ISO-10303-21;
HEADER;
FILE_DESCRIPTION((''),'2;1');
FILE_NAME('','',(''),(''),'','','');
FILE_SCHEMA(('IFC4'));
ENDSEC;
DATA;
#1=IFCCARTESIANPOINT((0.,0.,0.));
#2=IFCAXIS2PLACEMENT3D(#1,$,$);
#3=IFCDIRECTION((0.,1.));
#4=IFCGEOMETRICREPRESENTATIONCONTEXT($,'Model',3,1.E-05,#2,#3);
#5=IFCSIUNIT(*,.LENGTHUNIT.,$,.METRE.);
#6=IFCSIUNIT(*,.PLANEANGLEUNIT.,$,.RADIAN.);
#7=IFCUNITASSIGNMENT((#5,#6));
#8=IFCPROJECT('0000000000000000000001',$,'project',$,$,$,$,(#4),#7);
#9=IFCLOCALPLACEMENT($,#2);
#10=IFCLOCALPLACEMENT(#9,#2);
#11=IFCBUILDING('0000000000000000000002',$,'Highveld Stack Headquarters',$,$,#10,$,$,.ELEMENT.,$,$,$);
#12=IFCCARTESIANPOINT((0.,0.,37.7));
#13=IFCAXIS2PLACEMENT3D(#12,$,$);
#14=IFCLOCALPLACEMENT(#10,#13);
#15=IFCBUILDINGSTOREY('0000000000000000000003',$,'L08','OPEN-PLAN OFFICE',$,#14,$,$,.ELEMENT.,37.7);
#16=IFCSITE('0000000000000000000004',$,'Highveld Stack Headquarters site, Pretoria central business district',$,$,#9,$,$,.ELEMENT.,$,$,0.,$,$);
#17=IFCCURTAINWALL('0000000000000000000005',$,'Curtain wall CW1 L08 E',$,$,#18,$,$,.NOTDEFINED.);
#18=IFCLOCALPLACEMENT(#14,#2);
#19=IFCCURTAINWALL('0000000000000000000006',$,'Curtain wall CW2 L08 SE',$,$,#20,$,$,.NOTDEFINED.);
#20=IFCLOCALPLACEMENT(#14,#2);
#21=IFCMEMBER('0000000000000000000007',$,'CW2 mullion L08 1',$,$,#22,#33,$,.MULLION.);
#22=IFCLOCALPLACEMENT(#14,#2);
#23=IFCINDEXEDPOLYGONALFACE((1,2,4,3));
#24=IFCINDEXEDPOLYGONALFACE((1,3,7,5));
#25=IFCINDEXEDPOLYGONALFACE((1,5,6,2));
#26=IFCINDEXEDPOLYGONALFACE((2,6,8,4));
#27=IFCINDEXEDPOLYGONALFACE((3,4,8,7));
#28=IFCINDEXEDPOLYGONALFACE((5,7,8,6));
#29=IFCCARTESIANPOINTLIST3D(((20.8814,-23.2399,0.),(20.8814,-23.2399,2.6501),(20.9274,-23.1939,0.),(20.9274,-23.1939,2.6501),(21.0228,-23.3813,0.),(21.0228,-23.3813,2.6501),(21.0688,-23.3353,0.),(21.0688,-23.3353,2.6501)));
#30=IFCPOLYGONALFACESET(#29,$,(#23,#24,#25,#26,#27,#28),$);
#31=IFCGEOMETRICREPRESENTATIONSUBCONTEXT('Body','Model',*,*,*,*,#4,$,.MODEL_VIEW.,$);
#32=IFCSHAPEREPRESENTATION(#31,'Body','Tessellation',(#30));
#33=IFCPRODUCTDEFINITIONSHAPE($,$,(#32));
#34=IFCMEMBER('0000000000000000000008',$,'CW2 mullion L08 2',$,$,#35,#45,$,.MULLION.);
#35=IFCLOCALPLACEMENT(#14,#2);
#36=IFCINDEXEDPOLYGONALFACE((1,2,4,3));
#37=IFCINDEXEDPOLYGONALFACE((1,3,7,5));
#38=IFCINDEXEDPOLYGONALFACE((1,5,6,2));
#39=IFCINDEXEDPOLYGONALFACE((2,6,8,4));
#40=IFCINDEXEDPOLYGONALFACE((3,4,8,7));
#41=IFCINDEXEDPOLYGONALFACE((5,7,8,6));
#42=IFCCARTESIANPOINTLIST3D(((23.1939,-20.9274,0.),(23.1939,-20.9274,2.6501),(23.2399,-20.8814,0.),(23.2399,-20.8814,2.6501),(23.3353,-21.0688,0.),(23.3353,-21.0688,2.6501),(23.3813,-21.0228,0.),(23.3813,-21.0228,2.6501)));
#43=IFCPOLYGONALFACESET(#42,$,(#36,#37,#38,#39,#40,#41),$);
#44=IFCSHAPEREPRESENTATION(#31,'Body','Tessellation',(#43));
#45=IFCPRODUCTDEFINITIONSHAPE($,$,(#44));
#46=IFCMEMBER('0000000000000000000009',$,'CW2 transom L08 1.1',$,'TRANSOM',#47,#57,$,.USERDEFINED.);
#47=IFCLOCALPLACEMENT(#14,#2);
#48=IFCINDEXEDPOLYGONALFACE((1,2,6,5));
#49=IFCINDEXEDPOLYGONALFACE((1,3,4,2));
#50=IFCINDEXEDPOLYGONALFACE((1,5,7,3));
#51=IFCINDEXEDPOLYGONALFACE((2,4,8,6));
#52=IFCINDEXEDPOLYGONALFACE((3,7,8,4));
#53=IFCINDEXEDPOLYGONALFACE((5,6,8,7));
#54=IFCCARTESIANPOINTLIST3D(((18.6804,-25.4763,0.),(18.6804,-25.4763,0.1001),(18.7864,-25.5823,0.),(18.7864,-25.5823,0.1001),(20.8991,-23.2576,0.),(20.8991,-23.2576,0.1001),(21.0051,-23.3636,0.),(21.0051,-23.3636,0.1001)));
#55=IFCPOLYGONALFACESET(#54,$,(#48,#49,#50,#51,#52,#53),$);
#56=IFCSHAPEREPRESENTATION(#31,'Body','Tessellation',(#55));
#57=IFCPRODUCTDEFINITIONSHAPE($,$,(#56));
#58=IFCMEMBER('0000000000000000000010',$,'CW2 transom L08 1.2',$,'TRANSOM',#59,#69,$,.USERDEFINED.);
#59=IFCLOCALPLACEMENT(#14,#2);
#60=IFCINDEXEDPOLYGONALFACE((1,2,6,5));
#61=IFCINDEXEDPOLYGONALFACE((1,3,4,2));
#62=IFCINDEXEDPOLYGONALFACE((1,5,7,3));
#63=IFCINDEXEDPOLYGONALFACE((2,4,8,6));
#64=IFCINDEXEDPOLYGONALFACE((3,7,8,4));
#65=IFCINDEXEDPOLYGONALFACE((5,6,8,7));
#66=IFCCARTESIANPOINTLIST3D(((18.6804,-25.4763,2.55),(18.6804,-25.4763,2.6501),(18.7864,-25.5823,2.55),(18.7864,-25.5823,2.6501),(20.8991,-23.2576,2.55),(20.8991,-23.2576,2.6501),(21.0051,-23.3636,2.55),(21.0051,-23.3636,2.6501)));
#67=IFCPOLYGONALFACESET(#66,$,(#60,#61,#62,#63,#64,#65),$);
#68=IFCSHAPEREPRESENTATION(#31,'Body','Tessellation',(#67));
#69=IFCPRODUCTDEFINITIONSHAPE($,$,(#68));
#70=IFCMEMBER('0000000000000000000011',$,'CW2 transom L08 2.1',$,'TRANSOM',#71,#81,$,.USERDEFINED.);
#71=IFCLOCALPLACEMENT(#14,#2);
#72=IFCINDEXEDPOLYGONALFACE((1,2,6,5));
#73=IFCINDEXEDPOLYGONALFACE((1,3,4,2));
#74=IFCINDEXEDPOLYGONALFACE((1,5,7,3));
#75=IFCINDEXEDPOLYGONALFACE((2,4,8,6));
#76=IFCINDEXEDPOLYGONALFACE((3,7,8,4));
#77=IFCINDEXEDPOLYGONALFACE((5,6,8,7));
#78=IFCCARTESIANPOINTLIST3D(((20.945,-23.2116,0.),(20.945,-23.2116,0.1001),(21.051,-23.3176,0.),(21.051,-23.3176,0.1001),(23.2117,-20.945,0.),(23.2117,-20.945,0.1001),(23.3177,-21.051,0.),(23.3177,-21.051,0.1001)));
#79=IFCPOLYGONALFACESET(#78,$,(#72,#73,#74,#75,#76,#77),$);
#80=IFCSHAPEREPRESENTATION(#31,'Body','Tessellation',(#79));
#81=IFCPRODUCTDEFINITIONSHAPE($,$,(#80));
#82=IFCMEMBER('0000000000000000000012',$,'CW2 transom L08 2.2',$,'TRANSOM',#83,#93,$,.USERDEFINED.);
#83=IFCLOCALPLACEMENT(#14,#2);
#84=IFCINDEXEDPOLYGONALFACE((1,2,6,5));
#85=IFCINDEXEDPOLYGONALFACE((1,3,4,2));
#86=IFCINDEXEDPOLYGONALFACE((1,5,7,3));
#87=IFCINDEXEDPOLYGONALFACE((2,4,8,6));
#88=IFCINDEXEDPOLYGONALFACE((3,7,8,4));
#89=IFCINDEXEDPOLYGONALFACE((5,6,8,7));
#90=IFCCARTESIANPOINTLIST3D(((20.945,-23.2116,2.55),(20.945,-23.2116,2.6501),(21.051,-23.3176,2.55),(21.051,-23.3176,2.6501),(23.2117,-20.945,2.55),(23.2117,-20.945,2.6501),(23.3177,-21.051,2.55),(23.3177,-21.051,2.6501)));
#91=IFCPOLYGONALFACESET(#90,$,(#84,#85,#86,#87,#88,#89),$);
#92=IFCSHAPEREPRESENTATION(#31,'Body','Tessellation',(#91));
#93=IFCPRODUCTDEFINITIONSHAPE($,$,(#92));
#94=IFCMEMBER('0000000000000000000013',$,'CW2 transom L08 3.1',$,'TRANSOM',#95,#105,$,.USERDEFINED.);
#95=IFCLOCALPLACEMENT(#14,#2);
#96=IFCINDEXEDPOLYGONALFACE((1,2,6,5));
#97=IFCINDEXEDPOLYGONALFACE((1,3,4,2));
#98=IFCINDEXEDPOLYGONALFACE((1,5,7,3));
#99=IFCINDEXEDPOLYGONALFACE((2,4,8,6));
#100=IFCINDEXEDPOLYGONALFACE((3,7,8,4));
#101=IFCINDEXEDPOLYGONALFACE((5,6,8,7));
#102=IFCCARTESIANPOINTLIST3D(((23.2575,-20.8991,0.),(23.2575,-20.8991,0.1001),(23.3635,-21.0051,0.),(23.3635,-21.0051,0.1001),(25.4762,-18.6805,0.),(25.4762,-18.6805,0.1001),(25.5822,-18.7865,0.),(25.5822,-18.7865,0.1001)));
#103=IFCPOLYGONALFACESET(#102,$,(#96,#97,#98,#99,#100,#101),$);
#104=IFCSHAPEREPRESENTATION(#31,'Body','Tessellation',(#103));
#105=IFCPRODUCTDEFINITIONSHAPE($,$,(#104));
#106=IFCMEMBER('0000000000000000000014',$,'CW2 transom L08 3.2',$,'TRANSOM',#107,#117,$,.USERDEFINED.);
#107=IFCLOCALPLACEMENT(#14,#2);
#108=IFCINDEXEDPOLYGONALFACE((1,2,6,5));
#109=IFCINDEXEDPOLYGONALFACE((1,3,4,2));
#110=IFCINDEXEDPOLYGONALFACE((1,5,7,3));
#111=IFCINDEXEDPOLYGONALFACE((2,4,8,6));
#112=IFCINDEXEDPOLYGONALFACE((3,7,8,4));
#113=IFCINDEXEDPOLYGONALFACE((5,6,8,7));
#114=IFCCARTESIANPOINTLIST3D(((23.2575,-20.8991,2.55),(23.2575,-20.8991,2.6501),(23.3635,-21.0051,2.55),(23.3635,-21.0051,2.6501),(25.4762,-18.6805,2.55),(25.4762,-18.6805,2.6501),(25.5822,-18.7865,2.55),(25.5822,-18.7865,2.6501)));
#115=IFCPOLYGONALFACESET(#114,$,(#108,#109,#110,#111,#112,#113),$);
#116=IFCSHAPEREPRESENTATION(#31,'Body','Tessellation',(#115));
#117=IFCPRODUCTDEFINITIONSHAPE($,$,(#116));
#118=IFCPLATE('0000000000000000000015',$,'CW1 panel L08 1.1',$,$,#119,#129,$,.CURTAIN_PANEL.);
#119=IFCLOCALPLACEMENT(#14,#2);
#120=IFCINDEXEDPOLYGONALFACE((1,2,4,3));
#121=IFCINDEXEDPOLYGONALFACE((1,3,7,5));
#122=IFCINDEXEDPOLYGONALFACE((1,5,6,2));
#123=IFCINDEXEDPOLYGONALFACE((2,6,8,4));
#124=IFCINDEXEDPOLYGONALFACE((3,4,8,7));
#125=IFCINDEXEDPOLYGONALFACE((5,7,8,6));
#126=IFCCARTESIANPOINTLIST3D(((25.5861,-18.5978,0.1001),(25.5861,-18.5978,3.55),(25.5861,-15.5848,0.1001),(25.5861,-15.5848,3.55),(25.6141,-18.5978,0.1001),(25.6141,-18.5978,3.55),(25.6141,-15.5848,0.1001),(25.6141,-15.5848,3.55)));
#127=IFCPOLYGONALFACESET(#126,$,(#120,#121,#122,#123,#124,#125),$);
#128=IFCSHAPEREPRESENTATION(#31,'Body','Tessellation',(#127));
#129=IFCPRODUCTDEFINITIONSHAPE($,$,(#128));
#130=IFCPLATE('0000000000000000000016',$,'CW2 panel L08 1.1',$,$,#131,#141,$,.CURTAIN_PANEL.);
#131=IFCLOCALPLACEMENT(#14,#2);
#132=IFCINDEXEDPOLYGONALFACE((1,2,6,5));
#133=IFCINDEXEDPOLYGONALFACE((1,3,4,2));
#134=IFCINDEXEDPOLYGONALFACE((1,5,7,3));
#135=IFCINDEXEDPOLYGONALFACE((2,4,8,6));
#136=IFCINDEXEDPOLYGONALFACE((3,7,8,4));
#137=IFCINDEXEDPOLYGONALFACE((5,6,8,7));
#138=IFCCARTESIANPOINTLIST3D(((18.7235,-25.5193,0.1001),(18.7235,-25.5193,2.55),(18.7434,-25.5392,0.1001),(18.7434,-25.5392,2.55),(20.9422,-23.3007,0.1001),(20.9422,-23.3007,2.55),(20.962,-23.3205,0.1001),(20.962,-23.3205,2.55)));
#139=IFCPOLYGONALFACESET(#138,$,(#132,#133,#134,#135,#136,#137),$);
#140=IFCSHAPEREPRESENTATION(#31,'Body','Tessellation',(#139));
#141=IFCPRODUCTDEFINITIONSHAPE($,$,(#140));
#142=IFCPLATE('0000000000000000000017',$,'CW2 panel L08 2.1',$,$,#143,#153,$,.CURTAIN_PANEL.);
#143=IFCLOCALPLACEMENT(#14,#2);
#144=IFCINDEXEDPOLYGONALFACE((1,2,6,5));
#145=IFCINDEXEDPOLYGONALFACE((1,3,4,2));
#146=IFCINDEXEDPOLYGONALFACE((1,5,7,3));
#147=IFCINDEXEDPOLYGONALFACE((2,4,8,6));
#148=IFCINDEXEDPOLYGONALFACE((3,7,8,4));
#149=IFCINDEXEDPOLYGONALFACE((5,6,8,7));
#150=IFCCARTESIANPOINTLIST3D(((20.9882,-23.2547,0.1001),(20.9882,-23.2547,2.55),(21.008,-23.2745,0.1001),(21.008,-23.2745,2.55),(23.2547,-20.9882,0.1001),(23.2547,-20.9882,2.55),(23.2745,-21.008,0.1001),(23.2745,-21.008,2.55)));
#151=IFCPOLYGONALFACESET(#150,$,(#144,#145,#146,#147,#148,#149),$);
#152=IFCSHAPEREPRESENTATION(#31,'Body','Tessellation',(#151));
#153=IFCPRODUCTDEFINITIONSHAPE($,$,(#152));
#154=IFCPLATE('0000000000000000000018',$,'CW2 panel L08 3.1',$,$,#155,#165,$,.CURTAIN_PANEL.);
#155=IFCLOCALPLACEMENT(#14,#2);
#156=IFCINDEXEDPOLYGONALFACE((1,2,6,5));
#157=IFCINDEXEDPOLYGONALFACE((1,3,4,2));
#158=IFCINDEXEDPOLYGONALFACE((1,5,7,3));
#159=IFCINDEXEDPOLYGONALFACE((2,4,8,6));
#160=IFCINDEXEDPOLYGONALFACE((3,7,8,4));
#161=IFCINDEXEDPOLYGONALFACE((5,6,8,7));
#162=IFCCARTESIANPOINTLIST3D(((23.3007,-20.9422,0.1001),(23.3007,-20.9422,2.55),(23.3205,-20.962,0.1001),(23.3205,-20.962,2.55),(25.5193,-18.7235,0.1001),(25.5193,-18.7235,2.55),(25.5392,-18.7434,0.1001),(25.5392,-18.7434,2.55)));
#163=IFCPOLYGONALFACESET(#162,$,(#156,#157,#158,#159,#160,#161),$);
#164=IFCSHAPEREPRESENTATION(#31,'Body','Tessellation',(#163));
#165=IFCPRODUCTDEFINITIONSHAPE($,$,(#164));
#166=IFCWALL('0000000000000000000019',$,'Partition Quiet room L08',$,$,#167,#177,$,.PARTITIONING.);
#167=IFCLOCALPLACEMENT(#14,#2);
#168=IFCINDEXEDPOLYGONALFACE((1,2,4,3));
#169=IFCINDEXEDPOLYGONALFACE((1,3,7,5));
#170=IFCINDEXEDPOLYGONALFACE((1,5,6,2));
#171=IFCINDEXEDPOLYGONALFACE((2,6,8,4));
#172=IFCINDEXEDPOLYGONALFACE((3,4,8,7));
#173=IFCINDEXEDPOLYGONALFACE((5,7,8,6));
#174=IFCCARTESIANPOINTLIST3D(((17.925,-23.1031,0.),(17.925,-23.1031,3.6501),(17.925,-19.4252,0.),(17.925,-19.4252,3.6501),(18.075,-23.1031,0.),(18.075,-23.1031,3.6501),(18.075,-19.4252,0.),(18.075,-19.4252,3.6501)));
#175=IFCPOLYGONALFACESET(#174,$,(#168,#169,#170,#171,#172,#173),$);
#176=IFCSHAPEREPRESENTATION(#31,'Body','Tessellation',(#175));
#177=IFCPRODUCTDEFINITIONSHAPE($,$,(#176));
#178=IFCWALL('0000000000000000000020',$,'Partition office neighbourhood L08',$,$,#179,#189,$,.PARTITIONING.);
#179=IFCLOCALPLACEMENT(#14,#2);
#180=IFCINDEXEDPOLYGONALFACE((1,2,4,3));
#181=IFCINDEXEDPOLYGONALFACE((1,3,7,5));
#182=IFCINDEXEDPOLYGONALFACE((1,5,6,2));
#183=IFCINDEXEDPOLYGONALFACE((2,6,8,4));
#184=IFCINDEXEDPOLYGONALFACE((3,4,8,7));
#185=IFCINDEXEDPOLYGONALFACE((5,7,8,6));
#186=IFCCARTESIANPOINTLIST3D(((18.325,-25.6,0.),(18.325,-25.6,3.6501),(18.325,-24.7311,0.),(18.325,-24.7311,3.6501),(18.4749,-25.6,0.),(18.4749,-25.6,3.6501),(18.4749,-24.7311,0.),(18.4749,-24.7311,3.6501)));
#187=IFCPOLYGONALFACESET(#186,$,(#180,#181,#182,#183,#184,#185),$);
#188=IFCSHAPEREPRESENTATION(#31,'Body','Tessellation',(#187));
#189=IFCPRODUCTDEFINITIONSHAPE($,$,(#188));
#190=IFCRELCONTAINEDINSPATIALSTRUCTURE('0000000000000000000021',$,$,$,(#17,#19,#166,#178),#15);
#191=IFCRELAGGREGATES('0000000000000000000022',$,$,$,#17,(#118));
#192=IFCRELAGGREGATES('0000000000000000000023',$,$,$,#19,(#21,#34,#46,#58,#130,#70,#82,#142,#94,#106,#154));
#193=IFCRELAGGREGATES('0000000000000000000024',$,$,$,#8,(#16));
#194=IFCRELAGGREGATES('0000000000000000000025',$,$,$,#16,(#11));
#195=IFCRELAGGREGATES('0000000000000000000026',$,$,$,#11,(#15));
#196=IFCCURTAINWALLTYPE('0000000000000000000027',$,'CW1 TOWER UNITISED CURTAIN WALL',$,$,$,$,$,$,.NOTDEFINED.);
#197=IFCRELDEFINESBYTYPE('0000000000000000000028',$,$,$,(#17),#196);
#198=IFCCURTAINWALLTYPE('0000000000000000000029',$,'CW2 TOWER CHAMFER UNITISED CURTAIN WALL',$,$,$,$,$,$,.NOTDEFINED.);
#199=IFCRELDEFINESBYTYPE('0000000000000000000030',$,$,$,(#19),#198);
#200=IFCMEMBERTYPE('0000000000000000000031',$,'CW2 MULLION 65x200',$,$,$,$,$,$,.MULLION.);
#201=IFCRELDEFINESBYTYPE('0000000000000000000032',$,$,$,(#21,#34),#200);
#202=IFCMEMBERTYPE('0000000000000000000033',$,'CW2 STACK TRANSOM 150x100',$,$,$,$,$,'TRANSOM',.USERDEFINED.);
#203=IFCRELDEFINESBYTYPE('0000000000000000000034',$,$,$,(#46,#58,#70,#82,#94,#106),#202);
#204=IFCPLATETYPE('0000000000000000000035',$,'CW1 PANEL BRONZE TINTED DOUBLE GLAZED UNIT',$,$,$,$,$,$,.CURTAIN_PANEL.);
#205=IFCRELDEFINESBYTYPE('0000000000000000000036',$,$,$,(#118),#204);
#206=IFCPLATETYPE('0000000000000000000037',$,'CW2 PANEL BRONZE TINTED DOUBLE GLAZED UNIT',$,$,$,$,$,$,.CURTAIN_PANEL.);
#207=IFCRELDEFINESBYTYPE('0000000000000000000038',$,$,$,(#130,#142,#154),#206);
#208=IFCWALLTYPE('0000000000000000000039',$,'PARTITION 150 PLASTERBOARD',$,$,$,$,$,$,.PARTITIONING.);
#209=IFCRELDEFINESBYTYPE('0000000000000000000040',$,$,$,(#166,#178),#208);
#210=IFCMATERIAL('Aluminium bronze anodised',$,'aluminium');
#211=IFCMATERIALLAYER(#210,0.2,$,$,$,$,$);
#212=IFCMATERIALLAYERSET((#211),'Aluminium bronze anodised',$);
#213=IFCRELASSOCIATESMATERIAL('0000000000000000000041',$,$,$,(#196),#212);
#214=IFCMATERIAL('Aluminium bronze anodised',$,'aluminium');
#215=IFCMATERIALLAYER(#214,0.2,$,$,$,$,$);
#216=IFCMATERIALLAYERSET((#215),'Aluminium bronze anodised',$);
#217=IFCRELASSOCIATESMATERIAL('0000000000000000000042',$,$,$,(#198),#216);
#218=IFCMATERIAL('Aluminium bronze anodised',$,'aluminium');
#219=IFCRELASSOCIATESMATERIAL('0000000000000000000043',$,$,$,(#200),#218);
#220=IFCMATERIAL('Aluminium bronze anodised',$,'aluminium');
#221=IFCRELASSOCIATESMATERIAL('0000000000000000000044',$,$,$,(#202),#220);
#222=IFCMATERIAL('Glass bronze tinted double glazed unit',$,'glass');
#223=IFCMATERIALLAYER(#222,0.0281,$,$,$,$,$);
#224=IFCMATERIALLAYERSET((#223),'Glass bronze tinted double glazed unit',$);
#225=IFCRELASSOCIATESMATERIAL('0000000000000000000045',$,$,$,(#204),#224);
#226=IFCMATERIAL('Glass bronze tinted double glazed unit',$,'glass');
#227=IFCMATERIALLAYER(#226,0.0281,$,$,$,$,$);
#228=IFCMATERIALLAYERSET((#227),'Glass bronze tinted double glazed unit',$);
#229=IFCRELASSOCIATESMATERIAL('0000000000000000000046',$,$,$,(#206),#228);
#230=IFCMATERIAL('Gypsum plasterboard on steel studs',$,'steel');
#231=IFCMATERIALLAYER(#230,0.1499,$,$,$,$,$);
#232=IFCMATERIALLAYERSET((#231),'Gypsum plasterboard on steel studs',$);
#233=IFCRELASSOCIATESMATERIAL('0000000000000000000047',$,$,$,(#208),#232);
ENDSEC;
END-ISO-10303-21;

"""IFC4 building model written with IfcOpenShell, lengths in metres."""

from ifc_helpers import new_model, si_unit, direction, frame, frame_2d, origin, origin_2d, place, context, subcontext, project, spatial, rectangle, extrude, material, layer, layer_set, material_profile, profile_set, type_object, element, aggregate, save


model = new_model("IFC4")

# Units and contexts
model_context = context("Model", 3, precision=1e-05, world=origin(), true_north=direction((0.0, 1.0)))
body_context = subcontext(model_context, "Body", "Model", "MODEL_VIEW")
ifc_project = project(units=[si_unit("LENGTHUNIT", "METRE"), si_unit("PLANEANGLEUNIT", "RADIAN")], contexts=[model_context])

# Site, building, storey
site_placement = place(None, origin())
site = spatial("IfcSite", under=ifc_project, at=site_placement, Name="Highveld Stack Headquarters site, Pretoria central business district", CompositionType="ELEMENT", RefElevation=0.0)
building_placement = place(site_placement, origin())
building = spatial("IfcBuilding", under=site, at=building_placement, Name="Highveld Stack Headquarters", CompositionType="ELEMENT")
storey_placement = place(building_placement, frame((0.0, 0.0, 37.7)))
storey = spatial("IfcBuildingStorey", under=building, at=storey_placement, Name="L08", Description="OPEN-PLAN OFFICE", CompositionType="ELEMENT", Elevation=37.7)

# Shared definitions
ifc_material_1 = material(Name="Aluminium bronze anodised", Category="aluminium")
ifc_layer_1 = layer(ifc_material_1, 0.2)
ifc_layer_set_1 = layer_set([ifc_layer_1], Name="Aluminium bronze anodised")
curtain_wall_type_1 = type_object("IfcCurtainWallType", Name="CW1 TOWER UNITISED CURTAIN WALL", PredefinedType="NOTDEFINED", material=ifc_layer_set_1)

# Curtain wall
curtain_wall_1_placement = place(storey_placement, origin())
curtain_wall_1 = element("IfcCurtainWall", 1, at=curtain_wall_1_placement, inside=storey, type_object=curtain_wall_type_1, Name="Curtain wall CW1 L08 E", PredefinedType="NOTDEFINED")

# Curtain wall, members
ifc_material_2 = material(Name="Aluminium bronze anodised", Category="aluminium")
ifc_layer_2 = layer(ifc_material_2, 0.2)
ifc_layer_set_2 = layer_set([ifc_layer_2], Name="Aluminium bronze anodised")
curtain_wall_type_2 = type_object("IfcCurtainWallType", Name="CW2 TOWER CHAMFER UNITISED CURTAIN WALL", PredefinedType="NOTDEFINED", material=ifc_layer_set_2)
curtain_wall_2_placement = place(storey_placement, origin())
curtain_wall_2 = element("IfcCurtainWall", 2, at=curtain_wall_2_placement, inside=storey, type_object=curtain_wall_type_2, Name="Curtain wall CW2 L08 SE", PredefinedType="NOTDEFINED")
ifc_material_3 = material(Name="Aluminium bronze anodised", Category="aluminium")
ifc_material_profile_1 = material_profile(ifc_material_3, rectangle(XDim=0.2, YDim=0.0649, at=origin_2d()), Name="CW2 MULLION 65x200")
ifc_profile_set_1 = profile_set([ifc_material_profile_1], Name="Aluminium bronze anodised")
member_type_1 = type_object("IfcMemberType", Name="CW2 MULLION 65x200", PredefinedType="MULLION", material=ifc_profile_set_1)
member_1_placement = place(storey_placement, frame((20.9751, -23.2876, 0.0), z_axis=(0.0, 0.0, 1.0), x_axis=(-0.707107, 0.707107, 0.0)))
member_1 = element("IfcMember", 3, at=member_1_placement, type_object=member_type_1, Name="CW2 mullion L08 1", PredefinedType="MULLION", context=body_context, shape_type="SweptSolid", body=[
    extrude(rectangle(XDim=0.2, YDim=0.0649, at=origin_2d()), origin(), (0.0, 0.0, 1.0), 2.6501),
])
member_2_placement = place(storey_placement, frame((23.2876, -20.9751, 0.0), z_axis=(0.0, 0.0, 1.0), x_axis=(-0.707107, 0.707107, 0.0)))
member_2 = element("IfcMember", 4, at=member_2_placement, type_object=member_type_1, Name="CW2 mullion L08 2", PredefinedType="MULLION", context=body_context, shape_type="SweptSolid", body=[
    extrude(rectangle(XDim=0.2, YDim=0.0649, at=origin_2d()), origin(), (0.0, 0.0, 1.0), 2.6501),
])
ifc_material_4 = material(Name="Aluminium bronze anodised", Category="aluminium")
ifc_material_profile_2 = material_profile(ifc_material_4, rectangle(XDim=0.1499, YDim=0.1001, at=origin_2d()), Name="CW2 TRANSOM 150x100")
ifc_profile_set_2 = profile_set([ifc_material_profile_2], Name="Aluminium bronze anodised")
member_type_2 = type_object("IfcMemberType", Name="CW2 STACK TRANSOM 150x100", ElementType="TRANSOM", PredefinedType="USERDEFINED", material=ifc_profile_set_2)
member_3_placement = place(storey_placement, frame((18.7334, -25.5293, 0.05), z_axis=(0.707107, 0.707107, 0.0), x_axis=(-0.707107, 0.707107, 0.0)))
member_3 = element("IfcMember", 5, at=member_3_placement, type_object=member_type_2, Name="CW2 transom L08 1.1", ObjectType="TRANSOM", PredefinedType="USERDEFINED", context=body_context, shape_type="SweptSolid", body=[
    extrude(rectangle(XDim=0.1499, YDim=0.1001, at=origin_2d()), origin(), (0.0, 0.0, 1.0), 3.1377),
])
member_4_placement = place(storey_placement, frame((18.7334, -25.5293, 2.6001), z_axis=(0.707107, 0.707107, 0.0), x_axis=(-0.707107, 0.707107, 0.0)))
member_4 = element("IfcMember", 6, at=member_4_placement, type_object=member_type_2, Name="CW2 transom L08 1.2", ObjectType="TRANSOM", PredefinedType="USERDEFINED", context=body_context, shape_type="SweptSolid", body=[
    extrude(rectangle(XDim=0.1499, YDim=0.1001, at=origin_2d()), origin(), (0.0, 0.0, 1.0), 3.1377),
])
member_5_placement = place(storey_placement, frame((20.998, -23.2646, 0.05), z_axis=(0.707107, 0.707107, 0.0), x_axis=(-0.707107, 0.707107, 0.0)))
member_5 = element("IfcMember", 7, at=member_5_placement, type_object=member_type_2, Name="CW2 transom L08 2.1", ObjectType="TRANSOM", PredefinedType="USERDEFINED", context=body_context, shape_type="SweptSolid", body=[
    extrude(rectangle(XDim=0.1499, YDim=0.1001, at=origin_2d()), origin(), (0.0, 0.0, 1.0), 3.2056),
])
member_6_placement = place(storey_placement, frame((20.998, -23.2646, 2.6001), z_axis=(0.707107, 0.707107, 0.0), x_axis=(-0.707107, 0.707107, 0.0)))
member_6 = element("IfcMember", 8, at=member_6_placement, type_object=member_type_2, Name="CW2 transom L08 2.2", ObjectType="TRANSOM", PredefinedType="USERDEFINED", context=body_context, shape_type="SweptSolid", body=[
    extrude(rectangle(XDim=0.1499, YDim=0.1001, at=origin_2d()), origin(), (0.0, 0.0, 1.0), 3.2056),
])
member_7_placement = place(storey_placement, frame((23.3105, -20.9521, 0.05), z_axis=(0.707107, 0.707107, 0.0), x_axis=(-0.707107, 0.707107, 0.0)))
member_7 = element("IfcMember", 9, at=member_7_placement, type_object=member_type_2, Name="CW2 transom L08 3.1", ObjectType="TRANSOM", PredefinedType="USERDEFINED", context=body_context, shape_type="SweptSolid", body=[
    extrude(rectangle(XDim=0.1499, YDim=0.1001, at=origin_2d()), origin(), (0.0, 0.0, 1.0), 3.1377),
])
member_8_placement = place(storey_placement, frame((23.3105, -20.9521, 2.6001), z_axis=(0.707107, 0.707107, 0.0), x_axis=(-0.707107, 0.707107, 0.0)))
member_8 = element("IfcMember", 10, at=member_8_placement, type_object=member_type_2, Name="CW2 transom L08 3.2", ObjectType="TRANSOM", PredefinedType="USERDEFINED", context=body_context, shape_type="SweptSolid", body=[
    extrude(rectangle(XDim=0.1499, YDim=0.1001, at=origin_2d()), origin(), (0.0, 0.0, 1.0), 3.1377),
])

# Plates
ifc_material_5 = material(Name="Glass bronze tinted double glazed unit", Category="glass")
ifc_layer_3 = layer(ifc_material_5, 0.0281)
ifc_layer_set_3 = layer_set([ifc_layer_3], Name="Glass bronze tinted double glazed unit")
plate_type_1 = type_object("IfcPlateType", Name="CW1 PANEL BRONZE TINTED DOUBLE GLAZED UNIT", PredefinedType="CURTAIN_PANEL", material=ifc_layer_set_3)
plate_1_placement = place(storey_placement, frame((25.6001, -17.0913, 0.1001), z_axis=(0.0, 0.0, 1.0), x_axis=(0.0, 1.0, 0.0)))
plate_1 = element("IfcPlate", 11, at=plate_1_placement, type_object=plate_type_1, Name="CW1 panel L08 1.1", PredefinedType="CURTAIN_PANEL", context=body_context, shape_type="SweptSolid", body=[
    extrude(rectangle(XDim=3.0129, YDim=0.0281, at=origin_2d()), origin(), (0.0, 0.0, 1.0), 3.45),
])
aggregate(curtain_wall_1, [plate_1])
ifc_material_6 = material(Name="Glass bronze tinted double glazed unit", Category="glass")
ifc_layer_4 = layer(ifc_material_6, 0.0281)
ifc_layer_set_4 = layer_set([ifc_layer_4], Name="Glass bronze tinted double glazed unit")
plate_type_2 = type_object("IfcPlateType", Name="CW2 PANEL BRONZE TINTED DOUBLE GLAZED UNIT", PredefinedType="CURTAIN_PANEL", material=ifc_layer_set_4)
plate_2_placement = place(storey_placement, frame((19.8428, -24.4199, 0.1001), z_axis=(0.0, 0.0, 1.0), x_axis=(0.707107, 0.707107, 0.0)))
plate_2 = element("IfcPlate", 12, at=plate_2_placement, type_object=plate_type_2, Name="CW2 panel L08 1.1", PredefinedType="CURTAIN_PANEL", context=body_context, shape_type="SweptSolid", body=[
    extrude(rectangle(XDim=3.1377, YDim=0.0281, at=origin_2d()), origin(), (0.0, 0.0, 1.0), 2.45),
])
plate_3_placement = place(storey_placement, frame((22.1313, -22.1313, 0.1001), z_axis=(0.0, 0.0, 1.0), x_axis=(0.707107, 0.707107, 0.0)))
plate_3 = element("IfcPlate", 13, at=plate_3_placement, type_object=plate_type_2, Name="CW2 panel L08 2.1", PredefinedType="CURTAIN_PANEL", context=body_context, shape_type="SweptSolid", body=[
    extrude(rectangle(XDim=3.2053, YDim=0.0281, at=origin_2d()), origin(), (0.0, 0.0, 1.0), 2.45),
])
plate_4_placement = place(storey_placement, frame((24.4199, -19.8428, 0.1001), z_axis=(0.0, 0.0, 1.0), x_axis=(0.707107, 0.707107, 0.0)))
plate_4 = element("IfcPlate", 14, at=plate_4_placement, type_object=plate_type_2, Name="CW2 panel L08 3.1", PredefinedType="CURTAIN_PANEL", context=body_context, shape_type="SweptSolid", body=[
    extrude(rectangle(XDim=3.1377, YDim=0.0281, at=origin_2d()), origin(), (0.0, 0.0, 1.0), 2.45),
])
aggregate(curtain_wall_2, [member_1, member_2, member_3, member_4, plate_2, member_5, member_6, plate_3, member_7, member_8, plate_4])

# Walls
ifc_material_7 = material(Name="Gypsum plasterboard on steel studs", Category="steel")
ifc_layer_5 = layer(ifc_material_7, 0.1499)
ifc_layer_set_5 = layer_set([ifc_layer_5], Name="Gypsum plasterboard on steel studs")
wall_type = type_object("IfcWallType", Name="PARTITION 150 PLASTERBOARD", PredefinedType="PARTITIONING", material=ifc_layer_set_5)
wall_1_placement = place(storey_placement, frame((18.0, -23.103, 0.0), z_axis=(0.0, 0.0, 1.0), x_axis=(0.0, 1.0, 0.0)))
element("IfcWall", 15, at=wall_1_placement, inside=storey, type_object=wall_type, Name="Partition Quiet room L08", PredefinedType="PARTITIONING", context=body_context, shape_type="SweptSolid", body=[
    extrude(rectangle(XDim=3.678, YDim=0.1499, at=frame_2d((1.8389, 0.0))), origin(), (0.0, 0.0, 1.0), 3.6501),
])
wall_2_placement = place(storey_placement, frame((18.3999, -25.6001, 0.0), z_axis=(0.0, 0.0, 1.0), x_axis=(0.0, 1.0, 0.0)))
element("IfcWall", 16, at=wall_2_placement, inside=storey, type_object=wall_type, Name="Partition office neighbourhood L08", PredefinedType="PARTITIONING", context=body_context, shape_type="SweptSolid", body=[
    extrude(rectangle(XDim=0.8689, YDim=0.1499, at=frame_2d((0.4346, 0.0))), origin(), (0.0, 0.0, 1.0), 3.6501),
])

save(model, "model.ifc")
